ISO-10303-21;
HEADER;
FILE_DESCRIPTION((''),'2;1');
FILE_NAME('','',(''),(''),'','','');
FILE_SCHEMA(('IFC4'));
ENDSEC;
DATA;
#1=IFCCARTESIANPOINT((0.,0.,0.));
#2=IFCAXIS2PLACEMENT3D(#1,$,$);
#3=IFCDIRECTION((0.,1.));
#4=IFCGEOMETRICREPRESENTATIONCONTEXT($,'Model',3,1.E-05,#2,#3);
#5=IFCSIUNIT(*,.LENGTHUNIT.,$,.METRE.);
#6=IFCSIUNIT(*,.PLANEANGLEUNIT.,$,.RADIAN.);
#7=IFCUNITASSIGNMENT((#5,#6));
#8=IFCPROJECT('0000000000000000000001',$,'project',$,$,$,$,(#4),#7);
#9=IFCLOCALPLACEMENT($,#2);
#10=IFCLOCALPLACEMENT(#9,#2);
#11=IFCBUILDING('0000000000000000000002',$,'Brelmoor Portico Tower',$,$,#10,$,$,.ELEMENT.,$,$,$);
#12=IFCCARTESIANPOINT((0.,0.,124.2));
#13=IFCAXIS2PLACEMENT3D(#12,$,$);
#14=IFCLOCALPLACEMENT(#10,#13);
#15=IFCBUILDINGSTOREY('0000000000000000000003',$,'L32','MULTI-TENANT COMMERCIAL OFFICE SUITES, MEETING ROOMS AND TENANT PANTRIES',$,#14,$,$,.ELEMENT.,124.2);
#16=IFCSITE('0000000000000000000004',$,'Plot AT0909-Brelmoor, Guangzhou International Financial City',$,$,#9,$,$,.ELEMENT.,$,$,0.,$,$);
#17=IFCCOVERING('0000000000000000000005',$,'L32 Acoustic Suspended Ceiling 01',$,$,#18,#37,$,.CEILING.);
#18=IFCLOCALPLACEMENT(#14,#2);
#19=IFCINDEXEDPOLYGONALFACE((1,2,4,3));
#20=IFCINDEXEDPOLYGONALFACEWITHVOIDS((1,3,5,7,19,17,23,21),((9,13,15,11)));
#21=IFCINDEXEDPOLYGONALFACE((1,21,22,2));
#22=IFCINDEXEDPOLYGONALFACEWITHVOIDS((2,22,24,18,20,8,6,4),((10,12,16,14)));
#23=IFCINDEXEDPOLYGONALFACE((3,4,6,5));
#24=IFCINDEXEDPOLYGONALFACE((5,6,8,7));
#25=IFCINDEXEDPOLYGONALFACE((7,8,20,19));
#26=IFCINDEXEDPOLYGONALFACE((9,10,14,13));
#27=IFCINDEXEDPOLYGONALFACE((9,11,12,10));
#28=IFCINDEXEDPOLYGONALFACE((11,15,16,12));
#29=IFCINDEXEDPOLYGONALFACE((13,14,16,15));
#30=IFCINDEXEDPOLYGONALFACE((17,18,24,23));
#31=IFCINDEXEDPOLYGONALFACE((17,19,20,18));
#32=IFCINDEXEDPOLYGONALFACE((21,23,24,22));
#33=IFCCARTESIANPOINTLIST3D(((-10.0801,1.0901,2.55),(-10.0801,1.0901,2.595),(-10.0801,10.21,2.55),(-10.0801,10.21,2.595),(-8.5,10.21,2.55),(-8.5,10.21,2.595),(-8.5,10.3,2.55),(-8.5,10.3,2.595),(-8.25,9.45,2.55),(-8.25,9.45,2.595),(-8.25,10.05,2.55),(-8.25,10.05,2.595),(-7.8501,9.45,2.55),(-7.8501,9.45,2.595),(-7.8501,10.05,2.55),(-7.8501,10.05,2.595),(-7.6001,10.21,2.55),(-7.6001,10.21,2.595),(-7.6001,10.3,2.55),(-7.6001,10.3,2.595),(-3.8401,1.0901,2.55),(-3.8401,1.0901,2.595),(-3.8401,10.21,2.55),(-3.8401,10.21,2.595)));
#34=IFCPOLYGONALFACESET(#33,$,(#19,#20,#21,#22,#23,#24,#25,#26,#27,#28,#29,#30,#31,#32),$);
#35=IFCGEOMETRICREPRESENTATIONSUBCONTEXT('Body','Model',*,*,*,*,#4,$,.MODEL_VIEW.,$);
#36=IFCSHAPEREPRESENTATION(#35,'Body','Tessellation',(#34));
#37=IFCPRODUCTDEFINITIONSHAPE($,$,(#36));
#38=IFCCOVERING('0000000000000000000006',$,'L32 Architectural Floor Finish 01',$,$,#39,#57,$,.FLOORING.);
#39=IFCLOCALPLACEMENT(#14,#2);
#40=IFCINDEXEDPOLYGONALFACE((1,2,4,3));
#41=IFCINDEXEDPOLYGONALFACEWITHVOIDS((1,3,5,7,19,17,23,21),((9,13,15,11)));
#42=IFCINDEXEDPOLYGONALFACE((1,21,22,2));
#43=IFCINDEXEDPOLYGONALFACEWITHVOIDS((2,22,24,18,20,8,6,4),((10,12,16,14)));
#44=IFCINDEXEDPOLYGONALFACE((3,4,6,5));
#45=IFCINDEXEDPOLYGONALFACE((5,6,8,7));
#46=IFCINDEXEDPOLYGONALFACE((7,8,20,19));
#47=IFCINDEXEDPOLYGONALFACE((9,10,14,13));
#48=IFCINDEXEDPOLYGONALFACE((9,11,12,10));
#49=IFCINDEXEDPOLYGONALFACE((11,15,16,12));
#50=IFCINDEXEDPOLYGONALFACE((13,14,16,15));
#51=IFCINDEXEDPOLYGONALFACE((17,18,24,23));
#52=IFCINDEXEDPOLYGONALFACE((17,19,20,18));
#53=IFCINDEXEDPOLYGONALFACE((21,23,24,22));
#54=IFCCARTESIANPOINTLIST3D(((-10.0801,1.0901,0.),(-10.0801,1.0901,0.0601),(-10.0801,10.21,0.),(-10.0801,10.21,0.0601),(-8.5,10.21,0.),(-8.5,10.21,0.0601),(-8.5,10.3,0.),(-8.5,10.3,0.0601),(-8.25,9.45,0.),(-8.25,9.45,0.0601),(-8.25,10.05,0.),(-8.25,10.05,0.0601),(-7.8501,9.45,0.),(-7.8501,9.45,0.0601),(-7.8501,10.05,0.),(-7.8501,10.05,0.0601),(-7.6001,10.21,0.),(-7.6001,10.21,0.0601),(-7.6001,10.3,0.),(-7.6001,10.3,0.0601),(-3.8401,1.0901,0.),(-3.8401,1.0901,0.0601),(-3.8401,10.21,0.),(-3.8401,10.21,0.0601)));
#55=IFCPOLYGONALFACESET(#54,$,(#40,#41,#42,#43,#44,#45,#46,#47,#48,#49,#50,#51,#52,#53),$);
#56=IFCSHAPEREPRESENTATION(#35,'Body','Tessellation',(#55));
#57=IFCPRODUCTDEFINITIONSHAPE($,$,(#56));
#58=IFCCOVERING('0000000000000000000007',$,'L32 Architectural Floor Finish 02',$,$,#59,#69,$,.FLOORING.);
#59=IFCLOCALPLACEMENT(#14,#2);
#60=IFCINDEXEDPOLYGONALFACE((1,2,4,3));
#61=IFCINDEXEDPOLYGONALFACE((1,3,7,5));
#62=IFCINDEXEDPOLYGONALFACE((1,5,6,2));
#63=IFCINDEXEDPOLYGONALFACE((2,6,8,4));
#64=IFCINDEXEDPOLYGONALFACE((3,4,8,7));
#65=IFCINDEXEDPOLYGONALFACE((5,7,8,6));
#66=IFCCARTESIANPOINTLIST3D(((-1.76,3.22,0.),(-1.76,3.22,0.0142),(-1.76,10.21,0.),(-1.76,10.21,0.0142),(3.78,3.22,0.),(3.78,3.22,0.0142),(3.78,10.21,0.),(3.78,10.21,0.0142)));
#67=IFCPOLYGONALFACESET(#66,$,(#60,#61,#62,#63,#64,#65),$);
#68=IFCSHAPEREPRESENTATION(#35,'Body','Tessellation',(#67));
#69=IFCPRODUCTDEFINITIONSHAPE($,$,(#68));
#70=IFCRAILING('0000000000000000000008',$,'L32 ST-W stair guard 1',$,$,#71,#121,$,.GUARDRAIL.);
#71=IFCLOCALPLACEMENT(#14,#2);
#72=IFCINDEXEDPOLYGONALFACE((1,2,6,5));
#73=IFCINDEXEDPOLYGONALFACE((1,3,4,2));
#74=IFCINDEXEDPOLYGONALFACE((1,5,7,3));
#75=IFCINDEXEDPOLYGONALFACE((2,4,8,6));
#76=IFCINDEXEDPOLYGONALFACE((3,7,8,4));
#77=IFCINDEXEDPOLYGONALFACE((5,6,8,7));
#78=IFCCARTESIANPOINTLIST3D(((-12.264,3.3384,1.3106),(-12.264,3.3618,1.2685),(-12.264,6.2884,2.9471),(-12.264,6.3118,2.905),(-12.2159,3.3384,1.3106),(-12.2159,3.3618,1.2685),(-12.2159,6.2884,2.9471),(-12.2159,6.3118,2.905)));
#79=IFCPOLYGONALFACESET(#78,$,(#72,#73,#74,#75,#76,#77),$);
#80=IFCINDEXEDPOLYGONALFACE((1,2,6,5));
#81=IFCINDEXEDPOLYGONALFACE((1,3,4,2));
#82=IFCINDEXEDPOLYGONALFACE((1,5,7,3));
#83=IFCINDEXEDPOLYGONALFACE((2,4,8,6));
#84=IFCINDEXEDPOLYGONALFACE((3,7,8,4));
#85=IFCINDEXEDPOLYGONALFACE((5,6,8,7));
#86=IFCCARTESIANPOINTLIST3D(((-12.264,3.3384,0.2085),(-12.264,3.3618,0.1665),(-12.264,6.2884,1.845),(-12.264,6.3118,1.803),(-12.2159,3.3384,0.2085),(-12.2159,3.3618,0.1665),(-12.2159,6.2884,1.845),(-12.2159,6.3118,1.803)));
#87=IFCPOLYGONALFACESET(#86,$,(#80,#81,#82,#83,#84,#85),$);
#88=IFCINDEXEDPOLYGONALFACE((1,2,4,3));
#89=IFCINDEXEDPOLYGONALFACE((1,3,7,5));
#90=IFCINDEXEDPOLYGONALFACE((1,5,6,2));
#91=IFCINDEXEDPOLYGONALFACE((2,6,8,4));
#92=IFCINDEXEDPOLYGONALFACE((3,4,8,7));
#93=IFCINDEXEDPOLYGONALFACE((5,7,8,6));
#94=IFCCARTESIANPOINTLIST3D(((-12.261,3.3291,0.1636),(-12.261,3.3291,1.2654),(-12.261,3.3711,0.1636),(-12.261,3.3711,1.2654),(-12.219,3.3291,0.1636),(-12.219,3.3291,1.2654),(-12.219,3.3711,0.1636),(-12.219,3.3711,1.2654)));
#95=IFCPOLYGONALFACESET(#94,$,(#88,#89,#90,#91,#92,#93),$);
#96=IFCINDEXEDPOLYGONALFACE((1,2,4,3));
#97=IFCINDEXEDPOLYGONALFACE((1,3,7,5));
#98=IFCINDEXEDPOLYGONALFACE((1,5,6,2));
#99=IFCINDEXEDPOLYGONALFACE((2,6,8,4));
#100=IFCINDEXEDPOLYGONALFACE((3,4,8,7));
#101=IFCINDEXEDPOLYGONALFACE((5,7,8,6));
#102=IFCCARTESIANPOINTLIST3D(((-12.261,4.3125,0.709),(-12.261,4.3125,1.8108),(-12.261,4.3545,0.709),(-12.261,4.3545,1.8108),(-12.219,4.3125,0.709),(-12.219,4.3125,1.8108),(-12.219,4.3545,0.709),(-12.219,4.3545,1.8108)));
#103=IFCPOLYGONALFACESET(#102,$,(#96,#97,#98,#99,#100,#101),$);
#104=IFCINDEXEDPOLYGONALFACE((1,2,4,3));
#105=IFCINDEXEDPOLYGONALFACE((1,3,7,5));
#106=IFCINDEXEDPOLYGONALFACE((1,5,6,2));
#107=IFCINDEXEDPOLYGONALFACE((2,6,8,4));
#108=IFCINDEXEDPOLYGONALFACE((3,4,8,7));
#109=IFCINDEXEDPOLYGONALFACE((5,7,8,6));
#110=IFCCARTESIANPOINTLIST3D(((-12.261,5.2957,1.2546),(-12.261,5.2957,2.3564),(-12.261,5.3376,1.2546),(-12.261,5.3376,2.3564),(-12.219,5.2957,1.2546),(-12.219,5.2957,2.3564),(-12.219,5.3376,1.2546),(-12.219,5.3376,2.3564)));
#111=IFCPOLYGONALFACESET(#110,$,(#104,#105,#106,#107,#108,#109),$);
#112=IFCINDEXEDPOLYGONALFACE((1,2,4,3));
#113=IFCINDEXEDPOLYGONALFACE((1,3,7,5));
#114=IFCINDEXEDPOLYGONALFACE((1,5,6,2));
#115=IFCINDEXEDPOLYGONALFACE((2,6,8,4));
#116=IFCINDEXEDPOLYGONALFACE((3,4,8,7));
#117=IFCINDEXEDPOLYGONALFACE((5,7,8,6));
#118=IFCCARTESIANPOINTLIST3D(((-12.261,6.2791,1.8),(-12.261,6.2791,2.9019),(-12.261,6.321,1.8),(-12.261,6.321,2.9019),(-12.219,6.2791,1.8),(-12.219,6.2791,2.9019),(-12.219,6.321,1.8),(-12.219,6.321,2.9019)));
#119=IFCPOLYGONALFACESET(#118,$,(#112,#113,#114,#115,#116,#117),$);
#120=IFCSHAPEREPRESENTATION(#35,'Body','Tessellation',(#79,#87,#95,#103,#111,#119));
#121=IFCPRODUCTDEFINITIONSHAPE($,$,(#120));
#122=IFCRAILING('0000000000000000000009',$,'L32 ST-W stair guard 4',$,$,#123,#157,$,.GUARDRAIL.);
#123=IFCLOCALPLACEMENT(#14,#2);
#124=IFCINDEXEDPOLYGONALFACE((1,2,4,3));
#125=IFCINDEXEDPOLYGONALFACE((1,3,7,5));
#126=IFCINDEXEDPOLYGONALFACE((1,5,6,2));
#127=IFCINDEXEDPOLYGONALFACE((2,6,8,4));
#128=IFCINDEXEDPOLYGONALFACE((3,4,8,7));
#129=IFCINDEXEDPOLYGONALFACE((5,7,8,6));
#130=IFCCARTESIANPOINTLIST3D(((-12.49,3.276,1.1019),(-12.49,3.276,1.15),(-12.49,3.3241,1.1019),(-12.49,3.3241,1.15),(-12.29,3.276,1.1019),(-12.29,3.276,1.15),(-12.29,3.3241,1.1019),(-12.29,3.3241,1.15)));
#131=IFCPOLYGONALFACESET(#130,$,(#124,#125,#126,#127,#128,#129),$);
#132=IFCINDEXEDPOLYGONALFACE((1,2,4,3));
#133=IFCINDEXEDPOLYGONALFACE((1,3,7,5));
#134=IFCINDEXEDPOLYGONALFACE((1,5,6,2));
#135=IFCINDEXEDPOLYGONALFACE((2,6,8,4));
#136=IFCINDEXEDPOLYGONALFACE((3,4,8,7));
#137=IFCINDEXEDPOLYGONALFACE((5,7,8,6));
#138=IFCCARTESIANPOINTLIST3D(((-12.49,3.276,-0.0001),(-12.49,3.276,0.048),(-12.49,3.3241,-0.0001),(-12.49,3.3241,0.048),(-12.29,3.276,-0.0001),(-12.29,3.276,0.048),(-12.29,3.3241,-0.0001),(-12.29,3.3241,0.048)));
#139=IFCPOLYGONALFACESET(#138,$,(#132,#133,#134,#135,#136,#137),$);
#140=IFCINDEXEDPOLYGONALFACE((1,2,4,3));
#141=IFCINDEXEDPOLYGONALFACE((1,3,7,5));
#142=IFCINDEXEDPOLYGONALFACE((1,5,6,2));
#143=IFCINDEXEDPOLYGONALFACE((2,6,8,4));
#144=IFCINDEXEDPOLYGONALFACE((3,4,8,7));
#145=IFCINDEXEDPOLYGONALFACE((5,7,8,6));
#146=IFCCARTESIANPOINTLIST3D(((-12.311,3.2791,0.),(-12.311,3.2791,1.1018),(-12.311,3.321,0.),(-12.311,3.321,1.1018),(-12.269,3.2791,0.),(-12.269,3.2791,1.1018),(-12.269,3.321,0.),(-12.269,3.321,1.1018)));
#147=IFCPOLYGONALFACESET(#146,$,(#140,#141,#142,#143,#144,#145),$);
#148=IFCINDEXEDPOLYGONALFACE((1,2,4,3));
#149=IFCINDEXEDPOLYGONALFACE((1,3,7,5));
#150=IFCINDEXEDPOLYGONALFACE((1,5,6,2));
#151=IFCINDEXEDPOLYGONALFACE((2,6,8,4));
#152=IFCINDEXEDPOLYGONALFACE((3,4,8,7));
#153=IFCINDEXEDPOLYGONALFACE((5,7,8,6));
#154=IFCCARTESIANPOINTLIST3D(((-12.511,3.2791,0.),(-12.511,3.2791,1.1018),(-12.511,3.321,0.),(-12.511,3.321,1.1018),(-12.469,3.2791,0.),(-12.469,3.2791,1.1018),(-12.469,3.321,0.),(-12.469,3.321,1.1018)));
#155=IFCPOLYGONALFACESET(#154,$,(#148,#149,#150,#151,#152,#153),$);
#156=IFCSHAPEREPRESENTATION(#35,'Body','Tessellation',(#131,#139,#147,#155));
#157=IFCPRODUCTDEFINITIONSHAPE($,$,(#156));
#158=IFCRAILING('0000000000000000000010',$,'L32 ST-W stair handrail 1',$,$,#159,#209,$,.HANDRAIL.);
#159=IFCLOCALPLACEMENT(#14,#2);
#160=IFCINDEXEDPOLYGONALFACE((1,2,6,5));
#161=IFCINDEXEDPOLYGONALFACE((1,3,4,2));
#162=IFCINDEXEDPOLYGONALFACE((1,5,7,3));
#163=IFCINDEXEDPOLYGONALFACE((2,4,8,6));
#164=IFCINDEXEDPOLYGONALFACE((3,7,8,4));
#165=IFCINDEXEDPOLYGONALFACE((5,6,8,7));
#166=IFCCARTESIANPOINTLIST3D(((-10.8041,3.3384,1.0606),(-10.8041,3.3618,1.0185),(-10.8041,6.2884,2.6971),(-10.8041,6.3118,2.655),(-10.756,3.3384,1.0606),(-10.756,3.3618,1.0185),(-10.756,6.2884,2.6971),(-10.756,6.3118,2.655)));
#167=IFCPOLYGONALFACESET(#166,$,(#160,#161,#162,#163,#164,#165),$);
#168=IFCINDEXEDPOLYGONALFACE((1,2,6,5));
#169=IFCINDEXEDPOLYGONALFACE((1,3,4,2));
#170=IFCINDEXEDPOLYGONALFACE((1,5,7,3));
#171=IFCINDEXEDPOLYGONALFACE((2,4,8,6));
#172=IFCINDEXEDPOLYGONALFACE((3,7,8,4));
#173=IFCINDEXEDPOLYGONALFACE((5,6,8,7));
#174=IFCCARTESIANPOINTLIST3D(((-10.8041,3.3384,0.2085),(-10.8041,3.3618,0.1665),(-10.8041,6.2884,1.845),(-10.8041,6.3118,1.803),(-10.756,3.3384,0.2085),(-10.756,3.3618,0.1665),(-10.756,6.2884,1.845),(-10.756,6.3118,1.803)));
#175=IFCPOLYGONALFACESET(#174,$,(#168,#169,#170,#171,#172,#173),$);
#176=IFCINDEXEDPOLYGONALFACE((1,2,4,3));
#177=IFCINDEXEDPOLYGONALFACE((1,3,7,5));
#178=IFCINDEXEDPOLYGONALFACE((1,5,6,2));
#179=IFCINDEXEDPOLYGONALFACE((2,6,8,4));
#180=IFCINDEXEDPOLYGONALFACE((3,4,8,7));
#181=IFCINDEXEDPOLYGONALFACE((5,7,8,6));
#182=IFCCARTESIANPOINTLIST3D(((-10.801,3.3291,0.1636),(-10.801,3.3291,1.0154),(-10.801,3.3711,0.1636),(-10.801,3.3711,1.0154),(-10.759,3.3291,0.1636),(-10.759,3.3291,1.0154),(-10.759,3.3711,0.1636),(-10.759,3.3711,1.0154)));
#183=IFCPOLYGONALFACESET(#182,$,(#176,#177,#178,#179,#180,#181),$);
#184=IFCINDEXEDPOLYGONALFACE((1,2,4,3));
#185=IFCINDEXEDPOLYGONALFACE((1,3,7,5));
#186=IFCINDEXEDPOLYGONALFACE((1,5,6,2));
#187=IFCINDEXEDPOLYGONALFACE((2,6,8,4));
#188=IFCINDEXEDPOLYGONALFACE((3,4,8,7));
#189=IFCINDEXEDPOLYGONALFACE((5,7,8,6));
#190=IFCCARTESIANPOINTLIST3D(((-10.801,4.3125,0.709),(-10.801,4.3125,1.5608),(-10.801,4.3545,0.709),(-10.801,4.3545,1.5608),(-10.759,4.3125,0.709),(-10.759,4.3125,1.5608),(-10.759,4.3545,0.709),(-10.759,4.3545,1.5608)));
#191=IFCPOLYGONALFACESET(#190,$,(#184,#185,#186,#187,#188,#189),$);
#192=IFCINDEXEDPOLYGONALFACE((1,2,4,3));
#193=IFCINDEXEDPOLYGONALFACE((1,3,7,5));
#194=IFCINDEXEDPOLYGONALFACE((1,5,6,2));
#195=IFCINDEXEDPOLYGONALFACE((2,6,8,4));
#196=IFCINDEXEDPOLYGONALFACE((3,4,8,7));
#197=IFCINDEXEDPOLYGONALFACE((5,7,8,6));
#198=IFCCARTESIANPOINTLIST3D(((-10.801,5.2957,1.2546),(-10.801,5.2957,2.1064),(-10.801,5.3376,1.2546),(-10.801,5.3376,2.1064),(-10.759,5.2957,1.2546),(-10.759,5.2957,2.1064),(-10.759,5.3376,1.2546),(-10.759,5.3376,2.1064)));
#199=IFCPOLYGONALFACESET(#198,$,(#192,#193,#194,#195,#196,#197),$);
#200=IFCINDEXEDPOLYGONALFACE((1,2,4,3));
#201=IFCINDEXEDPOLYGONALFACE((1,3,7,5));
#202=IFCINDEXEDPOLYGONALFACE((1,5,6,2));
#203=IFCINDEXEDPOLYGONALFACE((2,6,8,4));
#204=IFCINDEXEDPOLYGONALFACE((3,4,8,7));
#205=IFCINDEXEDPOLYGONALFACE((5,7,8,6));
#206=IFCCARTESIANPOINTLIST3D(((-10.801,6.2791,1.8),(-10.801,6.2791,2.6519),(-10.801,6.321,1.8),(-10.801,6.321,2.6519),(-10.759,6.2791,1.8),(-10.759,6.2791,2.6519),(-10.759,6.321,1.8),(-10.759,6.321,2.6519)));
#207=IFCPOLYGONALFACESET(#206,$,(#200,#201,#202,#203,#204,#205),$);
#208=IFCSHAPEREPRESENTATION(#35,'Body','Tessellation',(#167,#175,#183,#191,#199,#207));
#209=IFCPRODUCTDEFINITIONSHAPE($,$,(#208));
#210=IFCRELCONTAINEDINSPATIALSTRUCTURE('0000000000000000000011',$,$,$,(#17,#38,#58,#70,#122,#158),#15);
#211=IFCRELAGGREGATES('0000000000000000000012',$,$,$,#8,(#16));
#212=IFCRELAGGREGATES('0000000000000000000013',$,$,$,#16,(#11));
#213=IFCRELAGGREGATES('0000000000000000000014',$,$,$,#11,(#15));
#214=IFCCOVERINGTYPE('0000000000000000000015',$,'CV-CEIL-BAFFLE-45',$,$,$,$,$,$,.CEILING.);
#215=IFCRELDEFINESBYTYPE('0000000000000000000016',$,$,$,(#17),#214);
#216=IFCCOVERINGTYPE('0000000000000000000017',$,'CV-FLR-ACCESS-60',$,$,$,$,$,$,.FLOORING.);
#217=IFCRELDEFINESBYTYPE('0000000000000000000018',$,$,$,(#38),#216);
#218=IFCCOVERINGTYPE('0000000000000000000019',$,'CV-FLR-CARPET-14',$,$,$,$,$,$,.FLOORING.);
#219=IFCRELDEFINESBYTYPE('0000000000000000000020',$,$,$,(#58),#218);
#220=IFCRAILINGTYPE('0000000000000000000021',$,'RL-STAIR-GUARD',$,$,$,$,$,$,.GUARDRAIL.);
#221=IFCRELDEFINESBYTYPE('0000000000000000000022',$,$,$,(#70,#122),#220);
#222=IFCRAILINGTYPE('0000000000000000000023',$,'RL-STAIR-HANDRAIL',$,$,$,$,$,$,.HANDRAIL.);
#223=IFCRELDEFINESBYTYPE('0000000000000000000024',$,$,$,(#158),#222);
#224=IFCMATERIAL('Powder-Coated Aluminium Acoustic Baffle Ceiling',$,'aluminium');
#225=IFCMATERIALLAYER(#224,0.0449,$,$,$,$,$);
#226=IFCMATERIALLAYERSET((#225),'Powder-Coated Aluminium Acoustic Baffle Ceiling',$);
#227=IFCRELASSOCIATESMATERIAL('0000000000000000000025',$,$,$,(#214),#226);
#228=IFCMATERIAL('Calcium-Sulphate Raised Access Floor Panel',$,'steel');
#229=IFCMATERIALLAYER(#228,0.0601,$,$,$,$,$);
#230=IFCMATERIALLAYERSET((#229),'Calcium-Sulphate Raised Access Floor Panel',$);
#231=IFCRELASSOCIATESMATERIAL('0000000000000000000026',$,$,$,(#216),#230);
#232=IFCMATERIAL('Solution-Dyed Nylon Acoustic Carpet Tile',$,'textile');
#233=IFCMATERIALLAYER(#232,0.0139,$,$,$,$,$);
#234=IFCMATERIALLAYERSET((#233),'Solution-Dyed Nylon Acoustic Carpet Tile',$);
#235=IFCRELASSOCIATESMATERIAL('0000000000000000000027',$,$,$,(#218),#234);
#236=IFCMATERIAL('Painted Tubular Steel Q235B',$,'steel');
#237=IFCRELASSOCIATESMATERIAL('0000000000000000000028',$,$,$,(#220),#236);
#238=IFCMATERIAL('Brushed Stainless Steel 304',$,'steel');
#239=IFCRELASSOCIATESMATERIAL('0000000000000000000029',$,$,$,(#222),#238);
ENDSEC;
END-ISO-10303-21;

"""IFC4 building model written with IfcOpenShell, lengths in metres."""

from ifc_helpers import new_model, si_unit, direction, frame, origin, origin_2d, place, context, subcontext, project, spatial, polyline, rectangle, outline, extrude, material, layer, layer_set, type_object, element, save


model = new_model("IFC4")

# Units and contexts
model_context = context("Model", 3, precision=1e-05, world=origin(), true_north=direction((0.0, 1.0)))
body_context = subcontext(model_context, "Body", "Model", "MODEL_VIEW")
ifc_project = project(units=[si_unit("LENGTHUNIT", "METRE"), si_unit("PLANEANGLEUNIT", "RADIAN")], contexts=[model_context])

# Site, building, storey
site_placement = place(None, origin())
site = spatial("IfcSite", under=ifc_project, at=site_placement, Name="Plot AT0909-Brelmoor, Guangzhou International Financial City", CompositionType="ELEMENT", RefElevation=0.0)
building_placement = place(site_placement, origin())
building = spatial("IfcBuilding", under=site, at=building_placement, Name="Brelmoor Portico Tower", CompositionType="ELEMENT")
storey_placement = place(building_placement, frame((0.0, 0.0, 124.2)))
storey = spatial("IfcBuildingStorey", under=building, at=storey_placement, Name="L32", Description="MULTI-TENANT COMMERCIAL OFFICE SUITES, MEETING ROOMS AND TENANT PANTRIES", CompositionType="ELEMENT", Elevation=124.2)

# Coverings
ifc_material_1 = material(Name="Powder-Coated Aluminium Acoustic Baffle Ceiling", Category="aluminium")
ifc_layer_1 = layer(ifc_material_1, 0.0449)
ifc_layer_set_1 = layer_set([ifc_layer_1], Name="Powder-Coated Aluminium Acoustic Baffle Ceiling")
covering_type_1 = type_object("IfcCoveringType", Name="CV-CEIL-BAFFLE-45", PredefinedType="CEILING", material=ifc_layer_set_1)
covering_1_placement = place(storey_placement, frame((0.0, 0.0, 2.55)))
element("IfcCovering", 1, at=covering_1_placement, inside=storey, type_object=covering_type_1, Name="L32 Acoustic Suspended Ceiling 01", PredefinedType="CEILING", context=body_context, shape_type="SweptSolid", body=[
    extrude(outline(polyline([(-10.0801, 10.21), (-8.5, 10.21), (-8.5, 10.3), (-7.6001, 10.3), (-7.6001, 10.21), (-3.8401, 10.21), (-3.8401, 1.0901), (-10.0801, 1.0901), (-10.0801, 10.21)]), holes=[polyline([(-7.8501, 9.45), (-7.8501, 10.05), (-8.25, 10.05), (-8.25, 9.45), (-7.8501, 9.45)])]), origin(), (0.0, 0.0, 1.0), 0.0449),
])
ifc_material_2 = material(Name="Calcium-Sulphate Raised Access Floor Panel", Category="steel")
ifc_layer_2 = layer(ifc_material_2, 0.0601)
ifc_layer_set_2 = layer_set([ifc_layer_2], Name="Calcium-Sulphate Raised Access Floor Panel")
covering_type_2 = type_object("IfcCoveringType", Name="CV-FLR-ACCESS-60", PredefinedType="FLOORING", material=ifc_layer_set_2)
covering_2_placement = place(storey_placement, origin())
element("IfcCovering", 2, at=covering_2_placement, inside=storey, type_object=covering_type_2, Name="L32 Architectural Floor Finish 01", PredefinedType="FLOORING", context=body_context, shape_type="SweptSolid", body=[
    extrude(outline(polyline([(-10.0801, 10.21), (-8.5, 10.21), (-8.5, 10.3), (-7.6001, 10.3), (-7.6001, 10.21), (-3.8401, 10.21), (-3.8401, 1.0901), (-10.0801, 1.0901), (-10.0801, 10.21)]), holes=[polyline([(-7.8501, 9.45), (-7.8501, 10.05), (-8.25, 10.05), (-8.25, 9.45), (-7.8501, 9.45)])]), origin(), (0.0, 0.0, 1.0), 0.0601),
])
ifc_material_3 = material(Name="Solution-Dyed Nylon Acoustic Carpet Tile", Category="textile")
ifc_layer_3 = layer(ifc_material_3, 0.0139)
ifc_layer_set_3 = layer_set([ifc_layer_3], Name="Solution-Dyed Nylon Acoustic Carpet Tile")
covering_type_3 = type_object("IfcCoveringType", Name="CV-FLR-CARPET-14", PredefinedType="FLOORING", material=ifc_layer_set_3)
covering_3_placement = place(storey_placement, origin())
element("IfcCovering", 3, at=covering_3_placement, inside=storey, type_object=covering_type_3, Name="L32 Architectural Floor Finish 02", PredefinedType="FLOORING", context=body_context, shape_type="SweptSolid", body=[
    extrude(outline(polyline([(-1.76, 3.22), (-1.76, 10.21), (3.78, 10.21), (3.78, 3.22), (-1.76, 3.22)])), origin(), (0.0, 0.0, 1.0), 0.0142),
])

# Railings
ifc_material_4 = material(Name="Painted Tubular Steel Q235B", Category="steel")
railing_type_1 = type_object("IfcRailingType", Name="RL-STAIR-GUARD", PredefinedType="GUARDRAIL", material=ifc_material_4)
railing_1_placement = place(storey_placement, frame((-12.24, 3.3501, 0.1636)))
element("IfcRailing", 4, at=railing_1_placement, inside=storey, type_object=railing_type_1, Name="L32 ST-W stair guard 1", PredefinedType="GUARDRAIL", context=body_context, shape_type="SweptSolid", body=[
    extrude(rectangle(XDim=0.0481, YDim=0.0481, at=origin_2d()), frame((0.0, 0.0, 1.126), z_axis=(0.0, 0.874458, 0.485102), x_axis=(-1.0, 0.0, 0.0)), (0.0, 0.0, 1.0), 3.3735),
    extrude(rectangle(XDim=0.0481, YDim=0.0481, at=origin_2d()), frame((0.0, 0.0, 0.0239), z_axis=(0.0, 0.874458, 0.485102), x_axis=(-1.0, 0.0, 0.0)), (0.0, 0.0, 1.0), 3.3735),
    extrude(rectangle(XDim=0.042, YDim=0.042, at=origin_2d()), origin(), (0.0, 0.0, 1.0), 1.1018),
    extrude(rectangle(XDim=0.042, YDim=0.042, at=origin_2d()), frame((0.0, 0.9834, 0.5454)), (0.0, 0.0, 1.0), 1.1018),
    extrude(rectangle(XDim=0.042, YDim=0.042, at=origin_2d()), frame((0.0, 1.9666, 1.0911)), (0.0, 0.0, 1.0), 1.1018),
    extrude(rectangle(XDim=0.042, YDim=0.042, at=origin_2d()), frame((0.0, 2.95, 1.6365)), (0.0, 0.0, 1.0), 1.1018),
])
railing_2_placement = place(storey_placement, frame((-12.29, 3.3, 0.0)))
element("IfcRailing", 5, at=railing_2_placement, inside=storey, type_object=railing_type_1, Name="L32 ST-W stair guard 4", PredefinedType="GUARDRAIL", context=body_context, shape_type="SweptSolid", body=[
    extrude(rectangle(XDim=0.0481, YDim=0.0481, at=origin_2d()), frame((0.0, 0.0, 1.126), z_axis=(-1.0, 0.0, 0.0), x_axis=(0.0, -1.0, 0.0)), (0.0, 0.0, 1.0), 0.2),
    extrude(rectangle(XDim=0.0481, YDim=0.0481, at=origin_2d()), frame((0.0, 0.0, 0.0239), z_axis=(-1.0, 0.0, 0.0), x_axis=(0.0, -1.0, 0.0)), (0.0, 0.0, 1.0), 0.2),
    extrude(rectangle(XDim=0.042, YDim=0.042, at=origin_2d()), origin(), (0.0, 0.0, 1.0), 1.1018),
    extrude(rectangle(XDim=0.042, YDim=0.042, at=origin_2d()), frame((-0.2, 0.0, 0.0)), (0.0, 0.0, 1.0), 1.1018),
])
ifc_material_5 = material(Name="Brushed Stainless Steel 304", Category="steel")
railing_type_2 = type_object("IfcRailingType", Name="RL-STAIR-HANDRAIL", PredefinedType="HANDRAIL", material=ifc_material_5)
railing_3_placement = place(storey_placement, frame((-10.78, 3.3501, 0.1636)))
element("IfcRailing", 6, at=railing_3_placement, inside=storey, type_object=railing_type_2, Name="L32 ST-W stair handrail 1", PredefinedType="HANDRAIL", context=body_context, shape_type="SweptSolid", body=[
    extrude(rectangle(XDim=0.0481, YDim=0.0481, at=origin_2d()), frame((0.0, 0.0, 0.876), z_axis=(0.0, 0.874458, 0.485102), x_axis=(-1.0, 0.0, 0.0)), (0.0, 0.0, 1.0), 3.3735),
    extrude(rectangle(XDim=0.0481, YDim=0.0481, at=origin_2d()), frame((0.0, 0.0, 0.0239), z_axis=(0.0, 0.874458, 0.485102), x_axis=(-1.0, 0.0, 0.0)), (0.0, 0.0, 1.0), 3.3735),
    extrude(rectangle(XDim=0.042, YDim=0.042, at=origin_2d()), origin(), (0.0, 0.0, 1.0), 0.8518),
    extrude(rectangle(XDim=0.042, YDim=0.042, at=origin_2d()), frame((0.0, 0.9834, 0.5454)), (0.0, 0.0, 1.0), 0.8518),
    extrude(rectangle(XDim=0.042, YDim=0.042, at=origin_2d()), frame((0.0, 1.9666, 1.0911)), (0.0, 0.0, 1.0), 0.8518),
    extrude(rectangle(XDim=0.042, YDim=0.042, at=origin_2d()), frame((0.0, 2.95, 1.6365)), (0.0, 0.0, 1.0), 0.8518),
])

save(model, "model.ifc")
